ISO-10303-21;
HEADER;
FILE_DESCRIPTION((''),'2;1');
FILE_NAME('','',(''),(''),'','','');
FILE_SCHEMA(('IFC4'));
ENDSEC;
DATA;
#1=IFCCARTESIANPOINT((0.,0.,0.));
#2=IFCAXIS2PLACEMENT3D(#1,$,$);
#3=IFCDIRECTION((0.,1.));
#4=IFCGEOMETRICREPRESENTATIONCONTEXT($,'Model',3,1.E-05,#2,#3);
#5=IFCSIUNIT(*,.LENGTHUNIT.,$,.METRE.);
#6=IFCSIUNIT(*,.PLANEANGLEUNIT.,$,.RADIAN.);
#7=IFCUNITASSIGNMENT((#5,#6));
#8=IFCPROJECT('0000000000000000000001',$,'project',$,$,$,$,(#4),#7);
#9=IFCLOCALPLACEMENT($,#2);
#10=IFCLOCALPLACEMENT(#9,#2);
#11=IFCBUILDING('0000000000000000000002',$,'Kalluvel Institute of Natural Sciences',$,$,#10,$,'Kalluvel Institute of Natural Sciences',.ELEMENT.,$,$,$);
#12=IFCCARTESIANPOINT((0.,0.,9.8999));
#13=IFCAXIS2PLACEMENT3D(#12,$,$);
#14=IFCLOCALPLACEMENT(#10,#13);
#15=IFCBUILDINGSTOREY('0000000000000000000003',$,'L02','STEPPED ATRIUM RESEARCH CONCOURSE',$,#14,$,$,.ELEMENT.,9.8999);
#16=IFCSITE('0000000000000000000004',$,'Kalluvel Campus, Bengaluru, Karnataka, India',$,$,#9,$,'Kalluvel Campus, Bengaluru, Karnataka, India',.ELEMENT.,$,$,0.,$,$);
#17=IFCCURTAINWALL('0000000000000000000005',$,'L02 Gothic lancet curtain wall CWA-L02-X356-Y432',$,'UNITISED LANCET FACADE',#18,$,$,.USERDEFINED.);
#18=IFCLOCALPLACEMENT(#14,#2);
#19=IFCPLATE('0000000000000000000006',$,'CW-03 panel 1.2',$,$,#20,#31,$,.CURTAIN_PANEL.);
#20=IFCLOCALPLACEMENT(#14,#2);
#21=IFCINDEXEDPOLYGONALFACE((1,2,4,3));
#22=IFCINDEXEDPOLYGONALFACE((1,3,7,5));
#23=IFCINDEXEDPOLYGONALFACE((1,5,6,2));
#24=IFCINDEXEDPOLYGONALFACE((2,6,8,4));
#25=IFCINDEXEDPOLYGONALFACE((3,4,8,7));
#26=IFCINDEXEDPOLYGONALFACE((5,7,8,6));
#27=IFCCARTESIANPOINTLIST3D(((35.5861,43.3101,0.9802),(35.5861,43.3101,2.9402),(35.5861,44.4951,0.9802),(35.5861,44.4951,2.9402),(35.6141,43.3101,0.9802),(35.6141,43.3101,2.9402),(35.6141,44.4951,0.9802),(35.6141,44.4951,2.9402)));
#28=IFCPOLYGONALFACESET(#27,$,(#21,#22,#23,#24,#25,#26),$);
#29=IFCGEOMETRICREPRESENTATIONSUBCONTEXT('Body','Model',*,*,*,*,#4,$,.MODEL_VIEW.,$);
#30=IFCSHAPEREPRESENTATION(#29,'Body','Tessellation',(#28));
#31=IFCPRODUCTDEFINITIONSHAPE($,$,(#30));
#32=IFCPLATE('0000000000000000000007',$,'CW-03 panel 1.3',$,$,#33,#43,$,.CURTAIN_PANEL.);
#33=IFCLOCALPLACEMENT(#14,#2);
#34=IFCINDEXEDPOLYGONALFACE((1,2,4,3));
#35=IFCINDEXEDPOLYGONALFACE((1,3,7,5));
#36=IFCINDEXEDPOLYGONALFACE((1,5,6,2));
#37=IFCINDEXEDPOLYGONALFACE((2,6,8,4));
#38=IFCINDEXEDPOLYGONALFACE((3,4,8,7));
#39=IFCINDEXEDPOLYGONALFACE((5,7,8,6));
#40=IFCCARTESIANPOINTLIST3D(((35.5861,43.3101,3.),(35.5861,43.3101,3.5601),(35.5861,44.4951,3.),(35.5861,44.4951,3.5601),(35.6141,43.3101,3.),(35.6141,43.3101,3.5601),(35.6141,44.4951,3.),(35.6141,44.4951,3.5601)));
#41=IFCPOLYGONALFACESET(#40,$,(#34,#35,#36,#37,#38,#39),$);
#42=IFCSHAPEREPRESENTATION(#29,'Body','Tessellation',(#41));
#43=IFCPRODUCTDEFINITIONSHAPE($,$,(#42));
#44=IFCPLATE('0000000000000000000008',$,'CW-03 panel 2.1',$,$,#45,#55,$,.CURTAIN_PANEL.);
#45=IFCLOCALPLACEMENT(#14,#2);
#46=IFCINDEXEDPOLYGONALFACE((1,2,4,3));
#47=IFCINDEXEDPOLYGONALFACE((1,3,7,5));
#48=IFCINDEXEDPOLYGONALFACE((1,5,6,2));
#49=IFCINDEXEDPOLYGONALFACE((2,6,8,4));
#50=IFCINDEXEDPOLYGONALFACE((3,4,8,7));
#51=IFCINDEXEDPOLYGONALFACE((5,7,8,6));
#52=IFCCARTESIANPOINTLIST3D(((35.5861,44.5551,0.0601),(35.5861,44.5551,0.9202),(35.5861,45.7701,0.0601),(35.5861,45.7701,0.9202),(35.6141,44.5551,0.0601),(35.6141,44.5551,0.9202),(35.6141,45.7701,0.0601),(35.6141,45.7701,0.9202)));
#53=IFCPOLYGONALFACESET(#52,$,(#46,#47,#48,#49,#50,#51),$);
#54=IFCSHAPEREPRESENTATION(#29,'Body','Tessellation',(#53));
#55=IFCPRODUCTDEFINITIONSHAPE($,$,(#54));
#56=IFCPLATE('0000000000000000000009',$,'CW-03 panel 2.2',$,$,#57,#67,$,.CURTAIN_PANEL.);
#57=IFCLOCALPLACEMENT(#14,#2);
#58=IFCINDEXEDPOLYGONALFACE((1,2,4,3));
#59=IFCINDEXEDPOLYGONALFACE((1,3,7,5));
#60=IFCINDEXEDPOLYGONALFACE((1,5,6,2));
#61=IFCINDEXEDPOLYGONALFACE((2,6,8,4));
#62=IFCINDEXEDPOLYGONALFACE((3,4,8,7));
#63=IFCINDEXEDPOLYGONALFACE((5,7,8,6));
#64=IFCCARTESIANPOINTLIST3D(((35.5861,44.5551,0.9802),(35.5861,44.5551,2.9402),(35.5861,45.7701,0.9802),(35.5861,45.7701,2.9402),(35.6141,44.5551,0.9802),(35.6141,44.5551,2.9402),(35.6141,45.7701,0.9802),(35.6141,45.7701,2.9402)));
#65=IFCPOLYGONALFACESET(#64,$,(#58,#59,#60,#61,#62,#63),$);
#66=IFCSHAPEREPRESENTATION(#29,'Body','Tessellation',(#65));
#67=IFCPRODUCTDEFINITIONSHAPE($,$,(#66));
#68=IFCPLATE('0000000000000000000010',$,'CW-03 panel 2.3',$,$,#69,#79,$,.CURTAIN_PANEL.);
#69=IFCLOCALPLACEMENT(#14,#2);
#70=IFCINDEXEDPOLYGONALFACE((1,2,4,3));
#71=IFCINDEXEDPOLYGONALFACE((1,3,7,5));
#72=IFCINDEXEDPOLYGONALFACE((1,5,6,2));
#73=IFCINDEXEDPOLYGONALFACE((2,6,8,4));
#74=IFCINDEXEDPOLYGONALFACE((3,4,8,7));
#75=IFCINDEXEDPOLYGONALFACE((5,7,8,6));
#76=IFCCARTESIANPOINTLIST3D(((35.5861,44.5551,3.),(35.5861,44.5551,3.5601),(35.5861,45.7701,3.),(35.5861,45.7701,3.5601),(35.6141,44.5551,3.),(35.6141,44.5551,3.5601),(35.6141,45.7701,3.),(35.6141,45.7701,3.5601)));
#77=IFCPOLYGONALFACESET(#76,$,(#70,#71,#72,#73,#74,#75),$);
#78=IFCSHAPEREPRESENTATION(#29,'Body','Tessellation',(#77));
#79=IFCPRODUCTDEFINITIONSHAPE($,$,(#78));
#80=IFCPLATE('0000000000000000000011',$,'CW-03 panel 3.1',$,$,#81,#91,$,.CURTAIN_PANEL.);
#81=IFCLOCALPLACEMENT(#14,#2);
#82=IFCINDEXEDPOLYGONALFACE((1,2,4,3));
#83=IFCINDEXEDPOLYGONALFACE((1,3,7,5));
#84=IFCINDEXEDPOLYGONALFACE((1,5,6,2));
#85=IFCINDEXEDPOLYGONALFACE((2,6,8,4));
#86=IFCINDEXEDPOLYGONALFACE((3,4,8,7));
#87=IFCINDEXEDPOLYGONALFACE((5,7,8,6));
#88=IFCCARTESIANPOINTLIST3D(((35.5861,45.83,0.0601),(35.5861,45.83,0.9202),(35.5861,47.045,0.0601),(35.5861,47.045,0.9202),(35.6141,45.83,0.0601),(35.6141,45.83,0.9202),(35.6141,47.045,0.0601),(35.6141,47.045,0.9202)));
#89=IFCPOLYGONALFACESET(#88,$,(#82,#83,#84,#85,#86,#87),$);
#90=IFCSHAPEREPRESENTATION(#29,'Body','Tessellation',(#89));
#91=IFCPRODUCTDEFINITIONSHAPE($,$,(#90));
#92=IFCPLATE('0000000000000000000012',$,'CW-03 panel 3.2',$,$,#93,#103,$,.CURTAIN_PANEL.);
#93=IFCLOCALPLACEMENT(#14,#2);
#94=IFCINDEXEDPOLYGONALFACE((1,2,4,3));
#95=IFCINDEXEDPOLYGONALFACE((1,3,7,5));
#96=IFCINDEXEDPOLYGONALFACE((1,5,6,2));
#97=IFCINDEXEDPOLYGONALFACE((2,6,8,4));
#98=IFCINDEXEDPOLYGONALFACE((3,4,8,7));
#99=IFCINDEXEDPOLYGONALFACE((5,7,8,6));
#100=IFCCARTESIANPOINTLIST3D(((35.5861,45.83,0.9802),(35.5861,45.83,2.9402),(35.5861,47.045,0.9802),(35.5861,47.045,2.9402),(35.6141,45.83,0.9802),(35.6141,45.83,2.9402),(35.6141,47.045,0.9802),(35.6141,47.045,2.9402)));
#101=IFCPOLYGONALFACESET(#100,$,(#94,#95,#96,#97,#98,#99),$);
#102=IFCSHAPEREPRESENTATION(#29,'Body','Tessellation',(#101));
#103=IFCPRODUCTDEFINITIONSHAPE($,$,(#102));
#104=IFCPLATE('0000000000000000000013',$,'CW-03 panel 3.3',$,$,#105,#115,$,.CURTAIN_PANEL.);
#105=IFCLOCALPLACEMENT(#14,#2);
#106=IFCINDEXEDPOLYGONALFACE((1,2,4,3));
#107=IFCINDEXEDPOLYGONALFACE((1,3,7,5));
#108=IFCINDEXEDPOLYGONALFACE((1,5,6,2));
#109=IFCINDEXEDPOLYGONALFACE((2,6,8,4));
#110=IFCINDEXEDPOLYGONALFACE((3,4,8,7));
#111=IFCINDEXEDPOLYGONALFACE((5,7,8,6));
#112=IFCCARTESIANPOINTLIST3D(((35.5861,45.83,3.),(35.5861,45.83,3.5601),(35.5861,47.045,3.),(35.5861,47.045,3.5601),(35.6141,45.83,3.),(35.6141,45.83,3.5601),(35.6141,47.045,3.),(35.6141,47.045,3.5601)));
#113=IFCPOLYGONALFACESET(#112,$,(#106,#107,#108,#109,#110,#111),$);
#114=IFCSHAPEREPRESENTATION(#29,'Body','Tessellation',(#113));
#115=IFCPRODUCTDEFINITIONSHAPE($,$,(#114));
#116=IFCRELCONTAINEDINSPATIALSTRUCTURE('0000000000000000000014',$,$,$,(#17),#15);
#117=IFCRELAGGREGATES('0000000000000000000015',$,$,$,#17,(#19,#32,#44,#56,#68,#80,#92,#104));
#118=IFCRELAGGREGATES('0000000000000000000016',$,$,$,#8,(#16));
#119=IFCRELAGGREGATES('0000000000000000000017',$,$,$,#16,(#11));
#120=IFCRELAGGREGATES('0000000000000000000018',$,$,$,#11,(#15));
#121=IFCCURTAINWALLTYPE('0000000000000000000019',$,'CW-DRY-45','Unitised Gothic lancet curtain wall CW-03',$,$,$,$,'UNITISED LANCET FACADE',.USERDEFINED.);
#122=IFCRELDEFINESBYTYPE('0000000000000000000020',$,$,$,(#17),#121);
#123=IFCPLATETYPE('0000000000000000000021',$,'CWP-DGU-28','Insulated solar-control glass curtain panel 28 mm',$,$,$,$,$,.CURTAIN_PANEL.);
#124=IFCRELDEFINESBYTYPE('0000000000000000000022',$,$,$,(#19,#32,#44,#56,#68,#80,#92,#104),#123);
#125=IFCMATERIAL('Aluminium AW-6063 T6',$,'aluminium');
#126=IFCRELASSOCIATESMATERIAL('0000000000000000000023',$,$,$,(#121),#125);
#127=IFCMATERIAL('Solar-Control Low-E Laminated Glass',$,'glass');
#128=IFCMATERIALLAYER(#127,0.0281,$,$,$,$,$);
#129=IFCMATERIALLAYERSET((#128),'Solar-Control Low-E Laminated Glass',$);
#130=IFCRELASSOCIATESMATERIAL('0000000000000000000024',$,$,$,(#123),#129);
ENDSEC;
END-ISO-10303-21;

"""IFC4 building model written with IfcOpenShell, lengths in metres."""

from ifc_helpers import new_model, si_unit, direction, frame, origin, origin_2d, place, context, subcontext, project, spatial, rectangle, extrude, material, layer, layer_set, type_object, element, aggregate, save


model = new_model("IFC4")

# Units and contexts
model_context = context("Model", 3, precision=1e-05, world=origin(), true_north=direction((0.0, 1.0)))
body_context = subcontext(model_context, "Body", "Model", "MODEL_VIEW")
ifc_project = project(units=[si_unit("LENGTHUNIT", "METRE"), si_unit("PLANEANGLEUNIT", "RADIAN")], contexts=[model_context])

# Site, building, storey
site_placement = place(None, origin())
site = spatial("IfcSite", under=ifc_project, at=site_placement, Name="Kalluvel Campus, Bengaluru, Karnataka, India", LongName="Kalluvel Campus, Bengaluru, Karnataka, India", CompositionType="ELEMENT", RefElevation=0.0)
building_placement = place(site_placement, origin())
building = spatial("IfcBuilding", under=site, at=building_placement, Name="Kalluvel Institute of Natural Sciences", LongName="Kalluvel Institute of Natural Sciences", CompositionType="ELEMENT")
storey_placement = place(building_placement, frame((0.0, 0.0, 9.8999)))
storey = spatial("IfcBuildingStorey", under=building, at=storey_placement, Name="L02", Description="STEPPED ATRIUM RESEARCH CONCOURSE", CompositionType="ELEMENT", Elevation=9.8999)

# Shared definitions
ifc_material_1 = material(Name="Aluminium AW-6063 T6", Category="aluminium")
curtain_wall_type = type_object("IfcCurtainWallType", Name="CW-DRY-45", Description="Unitised Gothic lancet curtain wall CW-03", ElementType="UNITISED LANCET FACADE", PredefinedType="USERDEFINED", material=ifc_material_1)

# Curtain wall
curtain_wall_1_placement = place(storey_placement, origin())
curtain_wall_1 = element("IfcCurtainWall", 1, at=curtain_wall_1_placement, inside=storey, type_object=curtain_wall_type, Name="L02 Gothic lancet curtain wall CWA-L02-X356-Y432", ObjectType="UNITISED LANCET FACADE", PredefinedType="USERDEFINED")

# Plates
ifc_material_2 = material(Name="Solar-Control Low-E Laminated Glass", Category="glass")
ifc_layer = layer(ifc_material_2, 0.0281)
ifc_layer_set = layer_set([ifc_layer], Name="Solar-Control Low-E Laminated Glass")
plate_type = type_object("IfcPlateType", Name="CWP-DGU-28", Description="Insulated solar-control glass curtain panel 28 mm", PredefinedType="CURTAIN_PANEL", material=ifc_layer_set)
plate_1_placement = place(storey_placement, frame((35.6001, 43.9026, 0.9802), z_axis=(0.0, 0.0, 1.0), x_axis=(0.0, 1.0, 0.0)))
plate_1 = element("IfcPlate", 2, at=plate_1_placement, type_object=plate_type, Name="CW-03 panel 1.2", PredefinedType="CURTAIN_PANEL", context=body_context, shape_type="SweptSolid", body=[
    extrude(rectangle(XDim=1.1851, YDim=0.0281, at=origin_2d()), origin(), (0.0, 0.0, 1.0), 1.96),
])
plate_2_placement = place(storey_placement, frame((35.6001, 43.9026, 3.0), z_axis=(0.0, 0.0, 1.0), x_axis=(0.0, 1.0, 0.0)))
plate_2 = element("IfcPlate", 3, at=plate_2_placement, type_object=plate_type, Name="CW-03 panel 1.3", PredefinedType="CURTAIN_PANEL", context=body_context, shape_type="SweptSolid", body=[
    extrude(rectangle(XDim=1.1851, YDim=0.0281, at=origin_2d()), origin(), (0.0, 0.0, 1.0), 0.5601),
])
plate_3_placement = place(storey_placement, frame((35.6001, 45.1626, 0.0601), z_axis=(0.0, 0.0, 1.0), x_axis=(0.0, 1.0, 0.0)))
plate_3 = element("IfcPlate", 4, at=plate_3_placement, type_object=plate_type, Name="CW-03 panel 2.1", PredefinedType="CURTAIN_PANEL", context=body_context, shape_type="SweptSolid", body=[
    extrude(rectangle(XDim=1.2151, YDim=0.0281, at=origin_2d()), origin(), (0.0, 0.0, 1.0), 0.8601),
])
plate_4_placement = place(storey_placement, frame((35.6001, 45.1626, 0.9802), z_axis=(0.0, 0.0, 1.0), x_axis=(0.0, 1.0, 0.0)))
plate_4 = element("IfcPlate", 5, at=plate_4_placement, type_object=plate_type, Name="CW-03 panel 2.2", PredefinedType="CURTAIN_PANEL", context=body_context, shape_type="SweptSolid", body=[
    extrude(rectangle(XDim=1.2151, YDim=0.0281, at=origin_2d()), origin(), (0.0, 0.0, 1.0), 1.96),
])
plate_5_placement = place(storey_placement, frame((35.6001, 45.1626, 3.0), z_axis=(0.0, 0.0, 1.0), x_axis=(0.0, 1.0, 0.0)))
plate_5 = element("IfcPlate", 6, at=plate_5_placement, type_object=plate_type, Name="CW-03 panel 2.3", PredefinedType="CURTAIN_PANEL", context=body_context, shape_type="SweptSolid", body=[
    extrude(rectangle(XDim=1.2151, YDim=0.0281, at=origin_2d()), origin(), (0.0, 0.0, 1.0), 0.5601),
])
plate_6_placement = place(storey_placement, frame((35.6001, 46.4375, 0.0601), z_axis=(0.0, 0.0, 1.0), x_axis=(0.0, 1.0, 0.0)))
plate_6 = element("IfcPlate", 7, at=plate_6_placement, type_object=plate_type, Name="CW-03 panel 3.1", PredefinedType="CURTAIN_PANEL", context=body_context, shape_type="SweptSolid", body=[
    extrude(rectangle(XDim=1.2151, YDim=0.0281, at=origin_2d()), origin(), (0.0, 0.0, 1.0), 0.8601),
])
plate_7_placement = place(storey_placement, frame((35.6001, 46.4375, 0.9802), z_axis=(0.0, 0.0, 1.0), x_axis=(0.0, 1.0, 0.0)))
plate_7 = element("IfcPlate", 8, at=plate_7_placement, type_object=plate_type, Name="CW-03 panel 3.2", PredefinedType="CURTAIN_PANEL", context=body_context, shape_type="SweptSolid", body=[
    extrude(rectangle(XDim=1.2151, YDim=0.0281, at=origin_2d()), origin(), (0.0, 0.0, 1.0), 1.96),
])
plate_8_placement = place(storey_placement, frame((35.6001, 46.4375, 3.0), z_axis=(0.0, 0.0, 1.0), x_axis=(0.0, 1.0, 0.0)))
plate_8 = element("IfcPlate", 9, at=plate_8_placement, type_object=plate_type, Name="CW-03 panel 3.3", PredefinedType="CURTAIN_PANEL", context=body_context, shape_type="SweptSolid", body=[
    extrude(rectangle(XDim=1.2151, YDim=0.0281, at=origin_2d()), origin(), (0.0, 0.0, 1.0), 0.5601),
])
aggregate(curtain_wall_1, [plate_1, plate_2, plate_3, plate_4, plate_5, plate_6, plate_7, plate_8])

save(model, "model.ifc")
